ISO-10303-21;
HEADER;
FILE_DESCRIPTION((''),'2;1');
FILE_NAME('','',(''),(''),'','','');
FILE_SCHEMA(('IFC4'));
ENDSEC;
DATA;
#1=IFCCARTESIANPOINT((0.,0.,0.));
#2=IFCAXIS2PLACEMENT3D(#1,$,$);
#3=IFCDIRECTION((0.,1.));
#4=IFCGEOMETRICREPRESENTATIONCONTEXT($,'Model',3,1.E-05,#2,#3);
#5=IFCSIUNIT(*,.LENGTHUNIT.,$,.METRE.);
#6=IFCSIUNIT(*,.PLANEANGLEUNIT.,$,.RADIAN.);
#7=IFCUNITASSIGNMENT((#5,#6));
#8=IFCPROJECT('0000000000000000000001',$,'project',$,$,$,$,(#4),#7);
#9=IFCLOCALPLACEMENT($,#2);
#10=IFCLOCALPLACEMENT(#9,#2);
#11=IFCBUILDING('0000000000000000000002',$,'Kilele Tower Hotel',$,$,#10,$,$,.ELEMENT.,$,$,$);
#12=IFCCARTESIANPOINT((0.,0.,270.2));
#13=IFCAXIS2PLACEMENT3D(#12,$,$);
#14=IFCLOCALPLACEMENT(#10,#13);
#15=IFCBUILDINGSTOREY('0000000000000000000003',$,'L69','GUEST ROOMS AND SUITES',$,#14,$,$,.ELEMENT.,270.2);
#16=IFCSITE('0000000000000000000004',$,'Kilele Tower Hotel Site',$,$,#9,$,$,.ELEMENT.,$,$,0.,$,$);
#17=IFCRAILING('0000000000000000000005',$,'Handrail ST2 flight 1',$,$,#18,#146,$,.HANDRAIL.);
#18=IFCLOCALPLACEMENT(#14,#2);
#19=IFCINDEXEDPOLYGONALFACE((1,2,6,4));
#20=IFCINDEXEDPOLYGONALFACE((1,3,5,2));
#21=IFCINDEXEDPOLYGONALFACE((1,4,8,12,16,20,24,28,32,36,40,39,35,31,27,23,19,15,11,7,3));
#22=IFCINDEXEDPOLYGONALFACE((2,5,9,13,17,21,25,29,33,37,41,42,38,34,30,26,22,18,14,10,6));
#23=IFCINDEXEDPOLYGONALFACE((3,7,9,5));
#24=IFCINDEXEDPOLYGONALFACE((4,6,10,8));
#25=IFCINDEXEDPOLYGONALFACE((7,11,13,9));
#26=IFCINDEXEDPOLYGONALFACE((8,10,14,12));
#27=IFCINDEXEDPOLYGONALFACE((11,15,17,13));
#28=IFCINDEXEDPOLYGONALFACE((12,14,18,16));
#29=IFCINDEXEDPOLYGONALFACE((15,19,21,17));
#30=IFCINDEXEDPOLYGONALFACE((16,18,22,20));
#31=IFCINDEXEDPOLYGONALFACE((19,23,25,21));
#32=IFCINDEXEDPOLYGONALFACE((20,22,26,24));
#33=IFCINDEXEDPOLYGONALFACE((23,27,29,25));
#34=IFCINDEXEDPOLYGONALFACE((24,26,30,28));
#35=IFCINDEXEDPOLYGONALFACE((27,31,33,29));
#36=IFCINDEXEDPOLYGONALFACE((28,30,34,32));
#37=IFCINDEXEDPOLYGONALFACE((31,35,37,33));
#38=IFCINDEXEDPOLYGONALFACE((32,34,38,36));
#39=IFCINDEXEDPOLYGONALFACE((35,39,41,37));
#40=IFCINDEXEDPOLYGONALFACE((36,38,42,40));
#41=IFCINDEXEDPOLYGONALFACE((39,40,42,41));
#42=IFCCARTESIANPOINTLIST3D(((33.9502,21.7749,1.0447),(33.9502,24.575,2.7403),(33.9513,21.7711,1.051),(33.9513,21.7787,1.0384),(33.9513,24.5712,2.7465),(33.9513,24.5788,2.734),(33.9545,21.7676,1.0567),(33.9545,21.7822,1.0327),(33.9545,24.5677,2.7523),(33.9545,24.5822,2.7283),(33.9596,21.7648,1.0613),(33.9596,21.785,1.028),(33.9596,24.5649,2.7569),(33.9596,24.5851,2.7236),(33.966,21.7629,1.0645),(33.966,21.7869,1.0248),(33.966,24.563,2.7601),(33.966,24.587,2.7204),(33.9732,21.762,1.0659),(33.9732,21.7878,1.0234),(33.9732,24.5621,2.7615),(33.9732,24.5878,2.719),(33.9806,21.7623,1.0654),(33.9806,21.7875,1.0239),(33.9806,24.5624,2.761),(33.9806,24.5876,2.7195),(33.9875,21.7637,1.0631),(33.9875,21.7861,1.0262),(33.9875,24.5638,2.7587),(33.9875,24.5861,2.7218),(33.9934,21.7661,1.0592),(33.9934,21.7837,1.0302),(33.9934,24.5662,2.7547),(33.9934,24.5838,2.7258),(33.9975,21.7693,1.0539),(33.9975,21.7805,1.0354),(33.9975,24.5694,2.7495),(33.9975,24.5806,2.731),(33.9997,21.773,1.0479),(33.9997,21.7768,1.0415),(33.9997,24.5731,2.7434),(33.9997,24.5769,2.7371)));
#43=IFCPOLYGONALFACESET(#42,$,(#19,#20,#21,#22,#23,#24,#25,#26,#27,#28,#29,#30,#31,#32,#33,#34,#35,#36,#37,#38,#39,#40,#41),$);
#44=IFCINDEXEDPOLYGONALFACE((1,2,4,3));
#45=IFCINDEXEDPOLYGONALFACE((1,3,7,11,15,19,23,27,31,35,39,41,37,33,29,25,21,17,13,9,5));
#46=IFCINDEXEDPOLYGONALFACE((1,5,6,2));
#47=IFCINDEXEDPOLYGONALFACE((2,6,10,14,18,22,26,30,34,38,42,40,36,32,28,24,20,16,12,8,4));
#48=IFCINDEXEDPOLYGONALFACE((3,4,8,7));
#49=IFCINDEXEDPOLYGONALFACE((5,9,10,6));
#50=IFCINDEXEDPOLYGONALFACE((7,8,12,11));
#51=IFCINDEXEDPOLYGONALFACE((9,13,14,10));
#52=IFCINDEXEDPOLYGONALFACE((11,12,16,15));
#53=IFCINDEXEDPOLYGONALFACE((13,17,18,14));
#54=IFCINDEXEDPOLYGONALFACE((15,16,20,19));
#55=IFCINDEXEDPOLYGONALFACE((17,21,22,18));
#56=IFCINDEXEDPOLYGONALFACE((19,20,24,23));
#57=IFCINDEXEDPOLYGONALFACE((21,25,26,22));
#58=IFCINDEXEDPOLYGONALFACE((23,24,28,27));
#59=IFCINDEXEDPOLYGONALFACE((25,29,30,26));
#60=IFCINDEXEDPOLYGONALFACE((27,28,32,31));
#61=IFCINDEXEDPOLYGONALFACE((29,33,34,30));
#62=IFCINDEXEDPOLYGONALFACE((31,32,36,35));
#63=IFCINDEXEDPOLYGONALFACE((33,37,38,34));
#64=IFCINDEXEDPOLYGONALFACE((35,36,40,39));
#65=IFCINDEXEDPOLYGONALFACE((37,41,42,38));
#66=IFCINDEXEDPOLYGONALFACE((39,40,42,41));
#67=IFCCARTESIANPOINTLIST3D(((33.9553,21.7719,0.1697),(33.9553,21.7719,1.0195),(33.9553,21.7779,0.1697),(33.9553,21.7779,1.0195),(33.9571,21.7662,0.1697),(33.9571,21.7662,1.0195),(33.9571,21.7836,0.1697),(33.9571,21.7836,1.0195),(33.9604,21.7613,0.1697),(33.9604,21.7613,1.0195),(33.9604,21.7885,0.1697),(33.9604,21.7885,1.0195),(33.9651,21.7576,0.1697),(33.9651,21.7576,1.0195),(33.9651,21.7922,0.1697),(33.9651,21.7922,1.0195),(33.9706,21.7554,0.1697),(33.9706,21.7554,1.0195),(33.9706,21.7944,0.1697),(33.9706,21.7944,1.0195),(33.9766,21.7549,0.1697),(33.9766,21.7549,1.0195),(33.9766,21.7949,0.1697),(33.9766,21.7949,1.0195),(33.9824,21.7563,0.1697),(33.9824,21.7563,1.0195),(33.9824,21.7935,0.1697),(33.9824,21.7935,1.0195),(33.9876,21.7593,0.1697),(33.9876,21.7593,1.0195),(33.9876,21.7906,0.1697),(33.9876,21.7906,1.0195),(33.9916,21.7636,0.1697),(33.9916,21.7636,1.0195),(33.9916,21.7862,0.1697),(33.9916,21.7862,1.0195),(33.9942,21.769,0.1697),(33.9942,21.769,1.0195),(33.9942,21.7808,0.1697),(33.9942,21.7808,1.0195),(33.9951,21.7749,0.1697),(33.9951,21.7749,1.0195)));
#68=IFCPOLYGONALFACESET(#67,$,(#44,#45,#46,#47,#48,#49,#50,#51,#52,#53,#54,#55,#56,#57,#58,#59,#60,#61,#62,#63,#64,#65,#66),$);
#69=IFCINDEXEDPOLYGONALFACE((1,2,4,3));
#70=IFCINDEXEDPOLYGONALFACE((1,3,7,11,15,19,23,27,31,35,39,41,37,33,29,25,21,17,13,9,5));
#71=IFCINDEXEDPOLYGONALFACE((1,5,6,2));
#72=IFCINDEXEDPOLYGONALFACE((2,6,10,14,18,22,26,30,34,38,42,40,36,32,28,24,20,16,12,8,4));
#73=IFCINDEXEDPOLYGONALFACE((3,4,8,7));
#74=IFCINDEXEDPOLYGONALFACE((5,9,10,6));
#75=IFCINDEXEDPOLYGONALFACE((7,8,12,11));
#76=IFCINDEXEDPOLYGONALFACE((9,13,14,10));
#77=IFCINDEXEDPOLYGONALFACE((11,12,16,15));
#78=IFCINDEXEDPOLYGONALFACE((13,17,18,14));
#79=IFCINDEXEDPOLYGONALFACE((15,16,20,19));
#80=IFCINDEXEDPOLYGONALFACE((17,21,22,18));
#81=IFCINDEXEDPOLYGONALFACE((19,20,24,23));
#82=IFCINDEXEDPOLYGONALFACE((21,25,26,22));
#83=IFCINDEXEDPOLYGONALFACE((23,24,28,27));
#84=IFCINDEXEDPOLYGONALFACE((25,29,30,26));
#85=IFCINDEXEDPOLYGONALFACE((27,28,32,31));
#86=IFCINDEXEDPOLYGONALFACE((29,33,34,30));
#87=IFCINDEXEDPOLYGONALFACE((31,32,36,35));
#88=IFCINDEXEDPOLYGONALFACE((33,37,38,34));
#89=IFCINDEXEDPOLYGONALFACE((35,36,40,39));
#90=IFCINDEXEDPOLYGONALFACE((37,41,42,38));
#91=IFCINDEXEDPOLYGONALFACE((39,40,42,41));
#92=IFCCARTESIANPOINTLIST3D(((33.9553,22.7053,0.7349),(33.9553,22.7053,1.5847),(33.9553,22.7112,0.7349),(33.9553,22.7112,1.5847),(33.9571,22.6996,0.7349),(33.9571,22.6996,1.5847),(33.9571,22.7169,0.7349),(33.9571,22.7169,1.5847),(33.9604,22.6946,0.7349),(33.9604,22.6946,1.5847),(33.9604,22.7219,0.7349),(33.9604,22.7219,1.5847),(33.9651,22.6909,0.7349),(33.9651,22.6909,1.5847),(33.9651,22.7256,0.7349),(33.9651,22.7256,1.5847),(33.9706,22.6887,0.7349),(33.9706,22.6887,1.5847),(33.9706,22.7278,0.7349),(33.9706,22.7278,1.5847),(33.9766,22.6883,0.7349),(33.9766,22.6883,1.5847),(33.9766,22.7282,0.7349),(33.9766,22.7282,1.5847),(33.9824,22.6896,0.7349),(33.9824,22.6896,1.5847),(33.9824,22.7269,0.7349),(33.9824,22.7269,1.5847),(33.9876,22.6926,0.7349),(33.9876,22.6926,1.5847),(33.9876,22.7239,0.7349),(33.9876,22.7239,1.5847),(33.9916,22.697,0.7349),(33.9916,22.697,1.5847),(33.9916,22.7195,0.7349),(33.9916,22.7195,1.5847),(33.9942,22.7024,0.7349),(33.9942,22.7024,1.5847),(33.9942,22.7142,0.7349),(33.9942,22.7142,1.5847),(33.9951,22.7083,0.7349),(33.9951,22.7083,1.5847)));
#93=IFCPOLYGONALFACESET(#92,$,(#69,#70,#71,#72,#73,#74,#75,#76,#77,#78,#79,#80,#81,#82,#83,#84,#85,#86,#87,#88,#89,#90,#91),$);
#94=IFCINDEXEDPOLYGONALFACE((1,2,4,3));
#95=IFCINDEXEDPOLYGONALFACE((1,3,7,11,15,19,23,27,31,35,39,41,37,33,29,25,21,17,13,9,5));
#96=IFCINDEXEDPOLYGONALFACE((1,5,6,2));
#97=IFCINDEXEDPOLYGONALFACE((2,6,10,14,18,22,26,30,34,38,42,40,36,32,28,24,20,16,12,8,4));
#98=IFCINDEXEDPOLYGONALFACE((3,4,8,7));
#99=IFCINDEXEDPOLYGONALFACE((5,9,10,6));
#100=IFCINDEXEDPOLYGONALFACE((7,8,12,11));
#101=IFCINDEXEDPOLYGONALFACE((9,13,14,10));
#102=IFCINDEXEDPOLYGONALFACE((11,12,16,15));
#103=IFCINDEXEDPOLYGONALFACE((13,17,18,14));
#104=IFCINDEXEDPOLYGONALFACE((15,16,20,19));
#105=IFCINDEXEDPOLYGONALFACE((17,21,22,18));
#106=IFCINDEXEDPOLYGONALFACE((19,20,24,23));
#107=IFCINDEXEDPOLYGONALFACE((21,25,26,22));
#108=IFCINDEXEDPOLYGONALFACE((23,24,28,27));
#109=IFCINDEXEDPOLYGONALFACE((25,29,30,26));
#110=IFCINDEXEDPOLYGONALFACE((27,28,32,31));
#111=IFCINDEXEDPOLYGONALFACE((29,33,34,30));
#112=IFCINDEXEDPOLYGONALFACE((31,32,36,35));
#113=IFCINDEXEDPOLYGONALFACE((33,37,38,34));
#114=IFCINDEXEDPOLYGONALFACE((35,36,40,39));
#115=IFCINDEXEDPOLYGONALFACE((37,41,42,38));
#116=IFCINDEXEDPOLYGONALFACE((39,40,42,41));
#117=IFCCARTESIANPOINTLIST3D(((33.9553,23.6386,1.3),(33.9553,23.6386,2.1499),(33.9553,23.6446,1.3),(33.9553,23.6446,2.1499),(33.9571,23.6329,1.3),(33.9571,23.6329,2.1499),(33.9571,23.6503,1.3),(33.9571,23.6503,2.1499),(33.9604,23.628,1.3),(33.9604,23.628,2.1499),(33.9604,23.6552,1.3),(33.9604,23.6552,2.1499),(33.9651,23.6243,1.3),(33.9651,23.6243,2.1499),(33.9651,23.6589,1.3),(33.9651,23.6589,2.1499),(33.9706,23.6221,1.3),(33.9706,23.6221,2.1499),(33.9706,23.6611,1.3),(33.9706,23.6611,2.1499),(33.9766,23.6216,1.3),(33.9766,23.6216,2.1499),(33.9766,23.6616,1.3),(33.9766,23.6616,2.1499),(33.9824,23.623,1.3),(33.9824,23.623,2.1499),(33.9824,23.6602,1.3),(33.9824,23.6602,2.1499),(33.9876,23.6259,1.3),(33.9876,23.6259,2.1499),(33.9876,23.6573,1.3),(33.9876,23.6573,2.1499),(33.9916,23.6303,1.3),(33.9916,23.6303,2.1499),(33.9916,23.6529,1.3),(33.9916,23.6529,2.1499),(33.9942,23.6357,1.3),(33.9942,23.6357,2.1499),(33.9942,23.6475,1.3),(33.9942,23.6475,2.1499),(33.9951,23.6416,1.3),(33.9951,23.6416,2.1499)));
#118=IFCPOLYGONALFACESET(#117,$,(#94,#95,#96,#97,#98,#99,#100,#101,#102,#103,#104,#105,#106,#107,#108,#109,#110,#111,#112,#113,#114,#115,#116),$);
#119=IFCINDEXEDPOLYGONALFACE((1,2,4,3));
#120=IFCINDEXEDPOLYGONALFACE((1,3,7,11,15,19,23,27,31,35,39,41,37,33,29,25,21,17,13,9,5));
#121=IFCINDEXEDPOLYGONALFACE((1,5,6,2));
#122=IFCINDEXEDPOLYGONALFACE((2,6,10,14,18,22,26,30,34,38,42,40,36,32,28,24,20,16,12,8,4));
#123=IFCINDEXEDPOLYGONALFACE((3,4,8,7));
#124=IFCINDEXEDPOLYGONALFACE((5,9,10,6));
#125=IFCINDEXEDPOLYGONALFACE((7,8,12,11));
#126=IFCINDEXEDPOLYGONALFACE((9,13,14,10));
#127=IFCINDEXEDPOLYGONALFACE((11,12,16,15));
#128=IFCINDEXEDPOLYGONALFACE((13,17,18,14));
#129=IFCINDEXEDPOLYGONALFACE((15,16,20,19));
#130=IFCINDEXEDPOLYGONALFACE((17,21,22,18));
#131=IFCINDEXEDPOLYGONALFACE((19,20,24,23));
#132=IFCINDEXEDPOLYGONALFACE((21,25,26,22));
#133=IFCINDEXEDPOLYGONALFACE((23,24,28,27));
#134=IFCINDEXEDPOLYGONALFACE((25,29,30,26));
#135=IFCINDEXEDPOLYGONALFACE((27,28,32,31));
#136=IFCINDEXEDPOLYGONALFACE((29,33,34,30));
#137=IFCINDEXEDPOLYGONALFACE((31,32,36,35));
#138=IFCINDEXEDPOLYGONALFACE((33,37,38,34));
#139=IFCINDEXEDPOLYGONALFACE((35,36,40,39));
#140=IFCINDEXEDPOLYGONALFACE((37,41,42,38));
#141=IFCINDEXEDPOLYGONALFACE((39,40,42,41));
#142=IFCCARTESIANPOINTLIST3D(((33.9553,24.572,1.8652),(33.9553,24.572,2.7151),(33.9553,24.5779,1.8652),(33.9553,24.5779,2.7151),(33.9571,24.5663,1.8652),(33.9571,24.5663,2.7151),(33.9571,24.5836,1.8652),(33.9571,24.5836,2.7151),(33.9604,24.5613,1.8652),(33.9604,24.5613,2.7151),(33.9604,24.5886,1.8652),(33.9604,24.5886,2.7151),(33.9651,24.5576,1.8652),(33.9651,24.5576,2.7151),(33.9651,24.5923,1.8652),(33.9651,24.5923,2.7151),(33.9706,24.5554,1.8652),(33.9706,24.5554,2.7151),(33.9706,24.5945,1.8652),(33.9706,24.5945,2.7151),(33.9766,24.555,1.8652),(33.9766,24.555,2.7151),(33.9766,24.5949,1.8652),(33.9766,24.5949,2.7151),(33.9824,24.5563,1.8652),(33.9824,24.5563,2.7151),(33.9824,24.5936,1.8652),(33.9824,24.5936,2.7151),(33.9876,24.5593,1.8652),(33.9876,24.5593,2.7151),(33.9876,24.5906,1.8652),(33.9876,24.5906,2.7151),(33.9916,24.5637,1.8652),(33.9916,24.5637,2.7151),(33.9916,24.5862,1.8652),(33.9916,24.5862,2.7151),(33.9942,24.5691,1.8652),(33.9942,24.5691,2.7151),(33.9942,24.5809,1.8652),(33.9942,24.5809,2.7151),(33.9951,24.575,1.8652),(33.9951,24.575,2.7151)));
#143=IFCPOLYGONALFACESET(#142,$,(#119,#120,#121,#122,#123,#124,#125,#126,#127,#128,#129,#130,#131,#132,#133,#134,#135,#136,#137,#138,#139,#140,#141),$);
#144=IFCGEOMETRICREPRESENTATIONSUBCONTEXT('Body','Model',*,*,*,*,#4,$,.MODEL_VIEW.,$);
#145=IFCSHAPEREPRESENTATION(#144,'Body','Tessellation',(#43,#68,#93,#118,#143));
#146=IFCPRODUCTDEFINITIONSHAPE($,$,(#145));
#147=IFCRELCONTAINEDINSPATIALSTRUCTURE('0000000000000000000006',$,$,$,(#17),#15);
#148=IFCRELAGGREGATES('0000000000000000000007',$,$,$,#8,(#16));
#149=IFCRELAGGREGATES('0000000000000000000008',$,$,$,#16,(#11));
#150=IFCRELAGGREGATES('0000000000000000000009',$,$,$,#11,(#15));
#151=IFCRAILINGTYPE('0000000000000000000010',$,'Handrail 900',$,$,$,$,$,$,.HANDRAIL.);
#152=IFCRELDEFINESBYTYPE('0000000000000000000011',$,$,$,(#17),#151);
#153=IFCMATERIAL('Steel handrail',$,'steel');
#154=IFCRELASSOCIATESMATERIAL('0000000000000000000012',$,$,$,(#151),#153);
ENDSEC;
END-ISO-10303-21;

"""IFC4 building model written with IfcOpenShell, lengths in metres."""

from ifc_helpers import new_model, si_unit, direction, frame, origin, origin_2d, place, context, subcontext, project, spatial, circle, extrude, material, type_object, element, save


model = new_model("IFC4")

# Units and contexts
model_context = context("Model", 3, precision=1e-05, world=origin(), true_north=direction((0.0, 1.0)))
body_context = subcontext(model_context, "Body", "Model", "MODEL_VIEW")
ifc_project = project(units=[si_unit("LENGTHUNIT", "METRE"), si_unit("PLANEANGLEUNIT", "RADIAN")], contexts=[model_context])

# Site, building, storey
site_placement = place(None, origin())
site = spatial("IfcSite", under=ifc_project, at=site_placement, Name="Kilele Tower Hotel Site", CompositionType="ELEMENT", RefElevation=0.0)
building_placement = place(site_placement, origin())
building = spatial("IfcBuilding", under=site, at=building_placement, Name="Kilele Tower Hotel", CompositionType="ELEMENT")
storey_placement = place(building_placement, frame((0.0, 0.0, 270.2)))
storey = spatial("IfcBuildingStorey", under=building, at=storey_placement, Name="L69", Description="GUEST ROOMS AND SUITES", CompositionType="ELEMENT", Elevation=270.2)

# Railing
ifc_material_1 = material(Name="Steel handrail", Category="steel")
railing_type_1 = type_object("IfcRailingType", Name="Handrail 900", PredefinedType="HANDRAIL", material=ifc_material_1)
for number, where, name in (
    (1, (33.9751, 21.7749, 0.1697), "Handrail ST2 flight 1"),
):
    element("IfcRailing", number, at=place(storey_placement, frame(where)), inside=storey, type_object=railing_type_1, Name=name, PredefinedType="HANDRAIL", context=body_context, shape_type="SweptSolid", body=[
        extrude(circle(Radius=0.0249, at=origin_2d()), frame((0.0, 0.0, 0.875), z_axis=(0.0, 0.855393, 0.517979), x_axis=(-1.0, 0.0, 0.0)), (0.0, 0.0, 1.0), 3.2734),
        extrude(circle(Radius=0.02, at=origin_2d()), origin(), (0.0, 0.0, 1.0), 0.8499),
        extrude(circle(Radius=0.02, at=origin_2d()), frame((0.0, 0.9333, 0.5652)), (0.0, 0.0, 1.0), 0.8499),
        extrude(circle(Radius=0.02, at=origin_2d()), frame((0.0, 1.8667, 1.1304)), (0.0, 0.0, 1.0), 0.8499),
        extrude(circle(Radius=0.02, at=origin_2d()), frame((0.0, 2.8, 1.6956)), (0.0, 0.0, 1.0), 0.8499),
    ])

save(model, "model.ifc")
